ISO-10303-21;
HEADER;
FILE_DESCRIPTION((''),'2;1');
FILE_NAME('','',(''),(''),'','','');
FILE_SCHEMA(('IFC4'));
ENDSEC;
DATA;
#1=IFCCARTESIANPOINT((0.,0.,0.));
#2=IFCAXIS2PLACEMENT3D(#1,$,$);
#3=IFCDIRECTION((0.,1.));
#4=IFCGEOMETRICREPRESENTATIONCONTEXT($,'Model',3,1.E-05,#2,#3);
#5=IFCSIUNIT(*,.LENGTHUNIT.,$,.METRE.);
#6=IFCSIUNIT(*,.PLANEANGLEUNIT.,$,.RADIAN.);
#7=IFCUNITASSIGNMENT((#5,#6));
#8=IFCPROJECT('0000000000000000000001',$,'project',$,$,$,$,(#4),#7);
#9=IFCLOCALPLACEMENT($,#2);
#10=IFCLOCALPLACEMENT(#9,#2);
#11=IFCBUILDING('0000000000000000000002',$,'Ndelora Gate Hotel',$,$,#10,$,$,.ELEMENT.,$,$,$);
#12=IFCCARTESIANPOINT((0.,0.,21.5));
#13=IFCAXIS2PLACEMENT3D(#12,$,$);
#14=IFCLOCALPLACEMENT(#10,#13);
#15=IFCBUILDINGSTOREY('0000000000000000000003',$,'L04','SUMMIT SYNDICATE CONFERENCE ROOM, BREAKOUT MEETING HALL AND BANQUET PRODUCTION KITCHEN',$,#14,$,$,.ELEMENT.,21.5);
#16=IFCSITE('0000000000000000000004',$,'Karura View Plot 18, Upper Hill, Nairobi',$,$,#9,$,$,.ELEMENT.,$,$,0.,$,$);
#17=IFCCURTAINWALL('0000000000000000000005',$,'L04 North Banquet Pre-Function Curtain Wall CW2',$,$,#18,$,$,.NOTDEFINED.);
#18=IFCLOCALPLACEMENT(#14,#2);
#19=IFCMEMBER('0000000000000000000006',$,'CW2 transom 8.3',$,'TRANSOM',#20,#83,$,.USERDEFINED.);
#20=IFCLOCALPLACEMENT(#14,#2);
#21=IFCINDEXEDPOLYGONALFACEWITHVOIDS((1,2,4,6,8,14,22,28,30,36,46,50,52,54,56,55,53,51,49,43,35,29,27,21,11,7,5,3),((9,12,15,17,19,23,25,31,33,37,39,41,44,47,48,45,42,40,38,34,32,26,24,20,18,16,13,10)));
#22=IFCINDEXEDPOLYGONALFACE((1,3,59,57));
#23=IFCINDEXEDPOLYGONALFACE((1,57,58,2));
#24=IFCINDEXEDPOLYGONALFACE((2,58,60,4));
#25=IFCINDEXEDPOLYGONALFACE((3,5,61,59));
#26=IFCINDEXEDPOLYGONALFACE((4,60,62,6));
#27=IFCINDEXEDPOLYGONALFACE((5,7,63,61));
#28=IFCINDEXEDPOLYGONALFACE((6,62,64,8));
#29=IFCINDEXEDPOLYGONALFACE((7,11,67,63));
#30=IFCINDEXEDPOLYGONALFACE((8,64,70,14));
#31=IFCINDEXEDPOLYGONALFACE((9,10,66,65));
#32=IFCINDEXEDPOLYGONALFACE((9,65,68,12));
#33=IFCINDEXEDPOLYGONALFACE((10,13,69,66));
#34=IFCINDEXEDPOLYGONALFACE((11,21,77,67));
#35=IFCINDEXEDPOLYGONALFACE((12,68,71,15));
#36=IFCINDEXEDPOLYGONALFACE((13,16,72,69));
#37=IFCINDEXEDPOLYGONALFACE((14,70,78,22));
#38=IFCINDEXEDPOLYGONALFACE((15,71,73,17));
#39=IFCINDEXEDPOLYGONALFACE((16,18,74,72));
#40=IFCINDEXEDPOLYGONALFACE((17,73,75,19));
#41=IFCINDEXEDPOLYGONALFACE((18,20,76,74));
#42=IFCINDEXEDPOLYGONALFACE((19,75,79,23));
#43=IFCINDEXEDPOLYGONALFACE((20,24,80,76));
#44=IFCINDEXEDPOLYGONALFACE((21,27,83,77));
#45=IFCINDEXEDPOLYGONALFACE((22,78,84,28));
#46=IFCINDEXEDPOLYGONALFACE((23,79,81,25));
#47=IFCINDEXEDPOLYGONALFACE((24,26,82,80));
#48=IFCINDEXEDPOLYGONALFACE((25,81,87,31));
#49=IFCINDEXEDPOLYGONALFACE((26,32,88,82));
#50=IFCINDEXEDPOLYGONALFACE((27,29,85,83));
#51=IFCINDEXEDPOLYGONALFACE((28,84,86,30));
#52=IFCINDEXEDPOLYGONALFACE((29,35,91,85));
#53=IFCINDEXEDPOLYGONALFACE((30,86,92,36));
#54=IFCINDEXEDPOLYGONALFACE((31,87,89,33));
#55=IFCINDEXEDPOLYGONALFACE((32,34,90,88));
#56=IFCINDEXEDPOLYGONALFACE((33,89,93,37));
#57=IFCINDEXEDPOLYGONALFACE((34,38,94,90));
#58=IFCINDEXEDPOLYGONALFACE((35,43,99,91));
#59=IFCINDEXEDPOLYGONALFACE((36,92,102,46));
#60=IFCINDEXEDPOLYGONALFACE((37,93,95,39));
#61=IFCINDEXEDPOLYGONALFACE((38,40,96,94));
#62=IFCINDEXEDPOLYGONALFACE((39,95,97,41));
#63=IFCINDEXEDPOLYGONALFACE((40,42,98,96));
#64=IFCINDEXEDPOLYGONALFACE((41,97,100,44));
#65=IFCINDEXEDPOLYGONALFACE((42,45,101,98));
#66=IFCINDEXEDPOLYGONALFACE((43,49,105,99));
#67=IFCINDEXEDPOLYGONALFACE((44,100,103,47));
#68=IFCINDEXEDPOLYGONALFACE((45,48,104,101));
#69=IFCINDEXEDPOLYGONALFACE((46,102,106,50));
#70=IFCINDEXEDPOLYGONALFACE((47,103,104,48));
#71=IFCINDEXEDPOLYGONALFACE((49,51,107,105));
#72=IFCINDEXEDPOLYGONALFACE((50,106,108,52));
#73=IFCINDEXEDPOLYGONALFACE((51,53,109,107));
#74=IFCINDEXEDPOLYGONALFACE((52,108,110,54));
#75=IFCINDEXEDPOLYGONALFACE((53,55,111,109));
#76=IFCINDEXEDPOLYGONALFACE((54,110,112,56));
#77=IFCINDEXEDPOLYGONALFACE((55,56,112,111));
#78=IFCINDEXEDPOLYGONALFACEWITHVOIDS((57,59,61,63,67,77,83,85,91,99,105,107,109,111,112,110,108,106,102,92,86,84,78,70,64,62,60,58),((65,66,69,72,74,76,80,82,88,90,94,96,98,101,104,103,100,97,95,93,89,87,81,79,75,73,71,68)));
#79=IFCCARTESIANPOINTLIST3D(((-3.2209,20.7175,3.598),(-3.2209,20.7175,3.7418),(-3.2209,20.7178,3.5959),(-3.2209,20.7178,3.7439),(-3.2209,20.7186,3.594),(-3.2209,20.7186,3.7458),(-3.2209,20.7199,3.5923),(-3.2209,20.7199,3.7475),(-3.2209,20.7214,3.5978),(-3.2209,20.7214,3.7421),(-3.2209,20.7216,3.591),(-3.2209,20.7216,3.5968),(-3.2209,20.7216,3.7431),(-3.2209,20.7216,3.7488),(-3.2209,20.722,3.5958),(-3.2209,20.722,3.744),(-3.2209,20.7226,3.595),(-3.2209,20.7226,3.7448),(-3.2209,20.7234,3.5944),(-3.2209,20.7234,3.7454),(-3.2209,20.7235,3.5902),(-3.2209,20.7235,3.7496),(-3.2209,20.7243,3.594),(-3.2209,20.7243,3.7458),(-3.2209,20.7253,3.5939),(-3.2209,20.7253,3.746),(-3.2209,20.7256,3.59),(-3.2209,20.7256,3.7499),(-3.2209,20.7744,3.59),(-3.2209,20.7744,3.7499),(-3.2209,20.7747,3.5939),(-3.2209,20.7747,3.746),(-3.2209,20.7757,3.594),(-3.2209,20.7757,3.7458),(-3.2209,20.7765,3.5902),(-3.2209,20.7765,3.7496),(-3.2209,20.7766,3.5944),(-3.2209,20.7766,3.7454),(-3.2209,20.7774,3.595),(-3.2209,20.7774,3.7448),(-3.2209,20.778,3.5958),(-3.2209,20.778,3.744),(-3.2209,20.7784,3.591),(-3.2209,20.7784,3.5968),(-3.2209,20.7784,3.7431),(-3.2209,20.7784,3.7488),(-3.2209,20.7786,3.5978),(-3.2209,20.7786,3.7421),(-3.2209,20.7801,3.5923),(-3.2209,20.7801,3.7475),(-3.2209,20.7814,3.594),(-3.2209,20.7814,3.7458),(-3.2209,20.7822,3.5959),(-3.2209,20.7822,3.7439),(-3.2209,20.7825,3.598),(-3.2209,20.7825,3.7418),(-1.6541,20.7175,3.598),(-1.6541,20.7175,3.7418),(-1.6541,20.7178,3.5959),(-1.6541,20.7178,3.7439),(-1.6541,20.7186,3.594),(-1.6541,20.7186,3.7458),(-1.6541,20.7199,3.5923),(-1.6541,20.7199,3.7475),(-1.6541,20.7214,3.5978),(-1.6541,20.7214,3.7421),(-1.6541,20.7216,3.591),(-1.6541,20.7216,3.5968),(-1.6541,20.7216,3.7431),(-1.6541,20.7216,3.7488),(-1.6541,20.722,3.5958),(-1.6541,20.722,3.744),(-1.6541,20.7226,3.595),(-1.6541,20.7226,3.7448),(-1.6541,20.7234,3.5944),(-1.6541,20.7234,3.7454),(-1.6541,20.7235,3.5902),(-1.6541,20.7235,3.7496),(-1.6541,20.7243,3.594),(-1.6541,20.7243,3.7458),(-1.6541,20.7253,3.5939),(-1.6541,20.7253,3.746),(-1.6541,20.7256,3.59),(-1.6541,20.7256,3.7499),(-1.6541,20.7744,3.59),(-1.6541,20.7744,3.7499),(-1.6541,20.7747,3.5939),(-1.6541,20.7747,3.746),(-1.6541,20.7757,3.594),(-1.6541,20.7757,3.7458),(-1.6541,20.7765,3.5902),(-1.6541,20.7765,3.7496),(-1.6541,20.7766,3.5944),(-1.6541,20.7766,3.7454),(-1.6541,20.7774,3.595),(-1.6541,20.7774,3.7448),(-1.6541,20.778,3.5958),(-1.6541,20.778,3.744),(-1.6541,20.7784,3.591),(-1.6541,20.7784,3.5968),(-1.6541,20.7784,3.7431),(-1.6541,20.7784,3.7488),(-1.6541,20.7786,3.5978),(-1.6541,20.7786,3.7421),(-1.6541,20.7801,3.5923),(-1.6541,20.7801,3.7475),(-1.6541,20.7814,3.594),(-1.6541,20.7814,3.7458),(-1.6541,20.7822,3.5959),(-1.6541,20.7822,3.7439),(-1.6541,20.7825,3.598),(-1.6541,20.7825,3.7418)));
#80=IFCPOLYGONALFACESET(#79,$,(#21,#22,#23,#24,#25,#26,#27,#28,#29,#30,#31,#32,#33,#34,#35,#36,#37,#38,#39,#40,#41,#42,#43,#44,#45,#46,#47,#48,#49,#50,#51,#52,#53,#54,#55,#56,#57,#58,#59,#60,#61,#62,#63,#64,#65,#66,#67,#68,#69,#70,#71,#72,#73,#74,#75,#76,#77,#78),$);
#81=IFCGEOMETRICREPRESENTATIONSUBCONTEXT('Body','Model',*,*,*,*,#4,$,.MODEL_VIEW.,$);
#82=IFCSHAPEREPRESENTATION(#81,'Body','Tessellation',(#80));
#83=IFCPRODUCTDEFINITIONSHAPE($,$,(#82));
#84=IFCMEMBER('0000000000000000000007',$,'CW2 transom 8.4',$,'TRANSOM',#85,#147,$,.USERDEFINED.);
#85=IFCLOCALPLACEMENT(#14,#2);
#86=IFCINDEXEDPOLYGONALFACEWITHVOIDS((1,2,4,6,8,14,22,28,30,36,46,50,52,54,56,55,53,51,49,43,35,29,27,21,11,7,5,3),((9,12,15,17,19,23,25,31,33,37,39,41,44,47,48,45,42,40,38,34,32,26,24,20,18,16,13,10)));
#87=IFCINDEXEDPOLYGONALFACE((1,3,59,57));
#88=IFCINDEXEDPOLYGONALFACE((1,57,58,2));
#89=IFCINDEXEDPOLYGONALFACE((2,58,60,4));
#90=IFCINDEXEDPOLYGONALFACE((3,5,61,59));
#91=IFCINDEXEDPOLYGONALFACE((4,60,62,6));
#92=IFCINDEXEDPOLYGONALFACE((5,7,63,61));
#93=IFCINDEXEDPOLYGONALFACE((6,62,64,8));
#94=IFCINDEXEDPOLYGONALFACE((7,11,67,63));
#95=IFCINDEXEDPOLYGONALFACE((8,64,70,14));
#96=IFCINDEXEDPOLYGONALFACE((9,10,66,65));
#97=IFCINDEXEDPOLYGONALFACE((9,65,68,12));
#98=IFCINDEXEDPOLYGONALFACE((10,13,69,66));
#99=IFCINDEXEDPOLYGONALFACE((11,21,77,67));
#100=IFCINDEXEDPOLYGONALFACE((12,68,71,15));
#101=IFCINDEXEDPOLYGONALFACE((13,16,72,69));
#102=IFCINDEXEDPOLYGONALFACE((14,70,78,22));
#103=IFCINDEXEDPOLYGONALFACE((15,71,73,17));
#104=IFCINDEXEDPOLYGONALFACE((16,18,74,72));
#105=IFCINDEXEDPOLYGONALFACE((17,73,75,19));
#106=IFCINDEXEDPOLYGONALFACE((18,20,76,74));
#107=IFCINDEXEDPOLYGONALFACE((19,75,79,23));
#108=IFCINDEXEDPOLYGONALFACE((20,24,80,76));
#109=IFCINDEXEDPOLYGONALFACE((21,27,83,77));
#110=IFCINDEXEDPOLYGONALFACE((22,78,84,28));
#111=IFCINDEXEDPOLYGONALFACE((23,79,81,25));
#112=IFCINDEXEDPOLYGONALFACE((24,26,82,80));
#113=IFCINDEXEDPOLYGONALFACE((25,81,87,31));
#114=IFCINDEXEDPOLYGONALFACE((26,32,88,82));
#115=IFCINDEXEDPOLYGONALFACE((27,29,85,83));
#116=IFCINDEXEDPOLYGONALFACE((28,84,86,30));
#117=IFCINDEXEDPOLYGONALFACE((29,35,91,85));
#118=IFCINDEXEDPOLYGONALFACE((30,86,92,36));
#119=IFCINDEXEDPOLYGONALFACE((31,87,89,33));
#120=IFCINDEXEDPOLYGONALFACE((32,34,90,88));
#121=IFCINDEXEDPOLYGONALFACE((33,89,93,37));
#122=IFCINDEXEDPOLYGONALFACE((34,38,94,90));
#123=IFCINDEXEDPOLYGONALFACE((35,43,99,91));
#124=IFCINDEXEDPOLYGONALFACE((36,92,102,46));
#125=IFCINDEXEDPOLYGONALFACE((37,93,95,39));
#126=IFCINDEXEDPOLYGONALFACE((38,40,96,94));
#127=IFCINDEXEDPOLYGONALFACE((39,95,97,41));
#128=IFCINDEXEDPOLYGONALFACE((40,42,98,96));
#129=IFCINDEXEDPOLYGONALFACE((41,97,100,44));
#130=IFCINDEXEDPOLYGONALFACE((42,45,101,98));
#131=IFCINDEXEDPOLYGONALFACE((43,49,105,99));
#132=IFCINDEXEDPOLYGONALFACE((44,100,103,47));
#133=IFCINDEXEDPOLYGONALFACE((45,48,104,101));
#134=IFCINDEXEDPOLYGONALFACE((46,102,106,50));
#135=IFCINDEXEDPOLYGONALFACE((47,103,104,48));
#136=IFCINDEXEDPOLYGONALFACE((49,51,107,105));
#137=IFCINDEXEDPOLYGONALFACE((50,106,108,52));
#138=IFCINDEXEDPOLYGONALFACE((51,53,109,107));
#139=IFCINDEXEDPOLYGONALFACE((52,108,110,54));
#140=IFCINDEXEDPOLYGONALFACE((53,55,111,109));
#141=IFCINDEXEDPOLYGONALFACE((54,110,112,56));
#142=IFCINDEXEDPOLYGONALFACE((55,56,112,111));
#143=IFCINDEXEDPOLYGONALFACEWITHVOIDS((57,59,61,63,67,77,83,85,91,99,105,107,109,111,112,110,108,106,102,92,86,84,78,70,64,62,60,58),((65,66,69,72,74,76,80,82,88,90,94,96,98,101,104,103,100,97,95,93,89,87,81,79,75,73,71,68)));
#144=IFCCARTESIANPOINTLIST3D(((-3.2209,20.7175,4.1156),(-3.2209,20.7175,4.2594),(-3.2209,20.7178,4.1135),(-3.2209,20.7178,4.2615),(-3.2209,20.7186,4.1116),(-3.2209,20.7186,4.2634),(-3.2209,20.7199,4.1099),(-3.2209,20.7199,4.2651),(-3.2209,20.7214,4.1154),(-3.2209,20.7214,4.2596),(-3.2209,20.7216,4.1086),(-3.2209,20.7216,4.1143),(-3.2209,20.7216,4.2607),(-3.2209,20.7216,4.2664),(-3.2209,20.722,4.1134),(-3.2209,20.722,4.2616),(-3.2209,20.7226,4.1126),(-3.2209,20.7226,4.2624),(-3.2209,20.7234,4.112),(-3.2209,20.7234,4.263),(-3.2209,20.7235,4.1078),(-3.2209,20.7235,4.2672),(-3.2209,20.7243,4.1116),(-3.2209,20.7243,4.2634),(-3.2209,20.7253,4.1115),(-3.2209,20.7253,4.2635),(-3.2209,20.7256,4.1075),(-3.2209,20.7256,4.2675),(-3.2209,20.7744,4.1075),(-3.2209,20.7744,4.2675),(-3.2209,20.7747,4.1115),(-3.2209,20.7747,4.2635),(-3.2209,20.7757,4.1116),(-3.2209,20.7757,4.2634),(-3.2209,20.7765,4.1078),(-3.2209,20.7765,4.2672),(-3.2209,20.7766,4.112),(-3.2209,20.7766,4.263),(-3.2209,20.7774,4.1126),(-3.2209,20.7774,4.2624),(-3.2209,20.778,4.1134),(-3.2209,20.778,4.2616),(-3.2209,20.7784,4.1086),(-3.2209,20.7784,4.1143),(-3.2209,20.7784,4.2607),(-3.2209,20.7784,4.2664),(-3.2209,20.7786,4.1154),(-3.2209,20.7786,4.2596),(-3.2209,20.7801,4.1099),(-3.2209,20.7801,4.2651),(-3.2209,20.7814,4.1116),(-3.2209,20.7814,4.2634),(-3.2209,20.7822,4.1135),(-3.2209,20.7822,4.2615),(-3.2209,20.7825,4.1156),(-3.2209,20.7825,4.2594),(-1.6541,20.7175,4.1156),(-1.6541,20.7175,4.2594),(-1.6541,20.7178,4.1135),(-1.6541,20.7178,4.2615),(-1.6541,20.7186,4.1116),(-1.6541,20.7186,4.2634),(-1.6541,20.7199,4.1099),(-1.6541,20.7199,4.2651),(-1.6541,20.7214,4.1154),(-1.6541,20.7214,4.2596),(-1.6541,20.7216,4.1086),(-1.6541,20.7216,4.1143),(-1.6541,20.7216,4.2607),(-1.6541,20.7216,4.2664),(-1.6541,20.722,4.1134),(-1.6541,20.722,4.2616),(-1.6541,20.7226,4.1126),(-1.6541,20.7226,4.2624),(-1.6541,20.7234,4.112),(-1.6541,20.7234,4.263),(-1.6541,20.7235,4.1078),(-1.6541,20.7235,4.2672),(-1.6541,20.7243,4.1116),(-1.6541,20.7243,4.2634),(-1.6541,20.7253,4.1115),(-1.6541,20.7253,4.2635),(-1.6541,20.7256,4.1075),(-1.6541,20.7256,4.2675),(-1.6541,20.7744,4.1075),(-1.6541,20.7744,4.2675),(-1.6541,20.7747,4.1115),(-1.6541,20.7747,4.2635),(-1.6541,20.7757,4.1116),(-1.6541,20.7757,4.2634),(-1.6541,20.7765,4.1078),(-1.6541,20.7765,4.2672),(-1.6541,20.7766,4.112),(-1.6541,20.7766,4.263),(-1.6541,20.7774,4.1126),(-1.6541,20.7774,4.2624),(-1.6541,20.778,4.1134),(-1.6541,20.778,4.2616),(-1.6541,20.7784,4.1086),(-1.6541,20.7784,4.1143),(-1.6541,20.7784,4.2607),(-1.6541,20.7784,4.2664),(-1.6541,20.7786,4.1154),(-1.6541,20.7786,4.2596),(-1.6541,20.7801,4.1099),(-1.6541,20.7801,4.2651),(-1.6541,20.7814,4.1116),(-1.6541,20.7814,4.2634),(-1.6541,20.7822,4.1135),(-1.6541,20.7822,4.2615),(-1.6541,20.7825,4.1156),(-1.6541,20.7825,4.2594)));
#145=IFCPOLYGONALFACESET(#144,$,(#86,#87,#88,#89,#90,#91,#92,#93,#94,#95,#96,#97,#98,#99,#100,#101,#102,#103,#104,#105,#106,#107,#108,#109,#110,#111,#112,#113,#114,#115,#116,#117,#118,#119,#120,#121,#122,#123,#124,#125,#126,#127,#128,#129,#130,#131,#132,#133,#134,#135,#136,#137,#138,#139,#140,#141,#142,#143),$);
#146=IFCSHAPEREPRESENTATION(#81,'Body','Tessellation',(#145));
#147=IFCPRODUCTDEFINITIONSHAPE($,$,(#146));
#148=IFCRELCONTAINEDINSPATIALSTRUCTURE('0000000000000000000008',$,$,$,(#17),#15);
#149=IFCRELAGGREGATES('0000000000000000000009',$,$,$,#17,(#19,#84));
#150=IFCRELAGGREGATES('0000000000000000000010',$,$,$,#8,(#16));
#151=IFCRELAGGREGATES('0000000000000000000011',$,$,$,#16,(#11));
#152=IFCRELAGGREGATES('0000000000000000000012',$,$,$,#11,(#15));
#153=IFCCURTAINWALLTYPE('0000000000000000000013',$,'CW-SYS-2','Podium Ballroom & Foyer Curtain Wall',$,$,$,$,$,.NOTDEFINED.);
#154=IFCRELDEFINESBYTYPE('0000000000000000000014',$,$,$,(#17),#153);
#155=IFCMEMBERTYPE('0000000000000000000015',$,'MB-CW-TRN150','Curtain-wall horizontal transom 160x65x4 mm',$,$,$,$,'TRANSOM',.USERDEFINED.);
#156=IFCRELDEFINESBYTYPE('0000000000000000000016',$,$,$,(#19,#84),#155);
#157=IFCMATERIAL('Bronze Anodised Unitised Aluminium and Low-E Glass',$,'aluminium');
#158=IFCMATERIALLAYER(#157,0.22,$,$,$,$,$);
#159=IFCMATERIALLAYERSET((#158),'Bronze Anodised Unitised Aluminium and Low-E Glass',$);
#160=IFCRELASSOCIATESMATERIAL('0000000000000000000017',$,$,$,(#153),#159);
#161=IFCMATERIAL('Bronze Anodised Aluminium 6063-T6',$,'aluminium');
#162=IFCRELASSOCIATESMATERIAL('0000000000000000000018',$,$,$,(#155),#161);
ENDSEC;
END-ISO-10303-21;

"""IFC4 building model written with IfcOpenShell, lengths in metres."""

from ifc_helpers import new_model, si_unit, direction, frame, origin, origin_2d, place, context, subcontext, project, spatial, hollow_rectangle, extrude, material, layer, layer_set, material_profile, profile_set, type_object, element, aggregate, save


model = new_model("IFC4")

# Units and contexts
model_context = context("Model", 3, precision=1e-05, world=origin(), true_north=direction((0.0, 1.0)))
body_context = subcontext(model_context, "Body", "Model", "MODEL_VIEW")
ifc_project = project(units=[si_unit("LENGTHUNIT", "METRE"), si_unit("PLANEANGLEUNIT", "RADIAN")], contexts=[model_context])

# Site, building, storey
site_placement = place(None, origin())
site = spatial("IfcSite", under=ifc_project, at=site_placement, Name="Karura View Plot 18, Upper Hill, Nairobi", CompositionType="ELEMENT", RefElevation=0.0)
building_placement = place(site_placement, origin())
building = spatial("IfcBuilding", under=site, at=building_placement, Name="Ndelora Gate Hotel", CompositionType="ELEMENT")
storey_placement = place(building_placement, frame((0.0, 0.0, 21.5)))
storey = spatial("IfcBuildingStorey", under=building, at=storey_placement, Name="L04", Description="SUMMIT SYNDICATE CONFERENCE ROOM, BREAKOUT MEETING HALL AND BANQUET PRODUCTION KITCHEN", CompositionType="ELEMENT", Elevation=21.5)

# Curtain wall, members
ifc_material_1 = material(Name="Bronze Anodised Unitised Aluminium and Low-E Glass", Category="aluminium")
ifc_layer_1 = layer(ifc_material_1, 0.22)
ifc_layer_set_1 = layer_set([ifc_layer_1], Name="Bronze Anodised Unitised Aluminium and Low-E Glass")
curtain_wall_type = type_object("IfcCurtainWallType", Name="CW-SYS-2", Description="Podium Ballroom & Foyer Curtain Wall", PredefinedType="NOTDEFINED", material=ifc_layer_set_1)
curtain_wall_placement = place(storey_placement, origin())
curtain_wall = element("IfcCurtainWall", 1, at=curtain_wall_placement, inside=storey, type_object=curtain_wall_type, Name="L04 North Banquet Pre-Function Curtain Wall CW2", PredefinedType="NOTDEFINED")
ifc_material_2 = material(Name="Bronze Anodised Aluminium 6063-T6", Category="aluminium")
ifc_material_profile_1 = material_profile(ifc_material_2, hollow_rectangle(XDim=0.0649, YDim=0.1599, WallThickness=0.0039, InnerFilletRadius=0.0039, OuterFilletRadius=0.0081, at=origin_2d()), Name="ALU 160x65x4")
ifc_profile_set_1 = profile_set([ifc_material_profile_1], Name="Bronze Anodised Aluminium 6063-T6")
member_type_1 = type_object("IfcMemberType", Name="MB-CW-TRN150", Description="Curtain-wall horizontal transom 160x65x4 mm", ElementType="TRANSOM", PredefinedType="USERDEFINED", material=ifc_profile_set_1)
member_1_placement = place(storey_placement, frame((-1.6541, 20.75, 3.6699), z_axis=(-1.0, 0.0, 0.0), x_axis=(0.0, -1.0, 0.0)))
member_1 = element("IfcMember", 2, at=member_1_placement, type_object=member_type_1, Name="CW2 transom 8.3", ObjectType="TRANSOM", PredefinedType="USERDEFINED", context=body_context, shape_type="SweptSolid", body=[
    extrude(hollow_rectangle(XDim=0.0649, YDim=0.1599, WallThickness=0.0039, InnerFilletRadius=0.0039, OuterFilletRadius=0.0081, at=origin_2d()), origin(), (0.0, 0.0, 1.0), 1.5669),
])
member_2_placement = place(storey_placement, frame((-1.6541, 20.75, 4.1875), z_axis=(-1.0, 0.0, 0.0), x_axis=(0.0, -1.0, 0.0)))
member_2 = element("IfcMember", 3, at=member_2_placement, type_object=member_type_1, Name="CW2 transom 8.4", ObjectType="TRANSOM", PredefinedType="USERDEFINED", context=body_context, shape_type="SweptSolid", body=[
    extrude(hollow_rectangle(XDim=0.0649, YDim=0.1599, WallThickness=0.0039, InnerFilletRadius=0.0039, OuterFilletRadius=0.0081, at=origin_2d()), origin(), (0.0, 0.0, 1.0), 1.5669),
])
aggregate(curtain_wall, [member_1, member_2])

save(model, "model.ifc")
